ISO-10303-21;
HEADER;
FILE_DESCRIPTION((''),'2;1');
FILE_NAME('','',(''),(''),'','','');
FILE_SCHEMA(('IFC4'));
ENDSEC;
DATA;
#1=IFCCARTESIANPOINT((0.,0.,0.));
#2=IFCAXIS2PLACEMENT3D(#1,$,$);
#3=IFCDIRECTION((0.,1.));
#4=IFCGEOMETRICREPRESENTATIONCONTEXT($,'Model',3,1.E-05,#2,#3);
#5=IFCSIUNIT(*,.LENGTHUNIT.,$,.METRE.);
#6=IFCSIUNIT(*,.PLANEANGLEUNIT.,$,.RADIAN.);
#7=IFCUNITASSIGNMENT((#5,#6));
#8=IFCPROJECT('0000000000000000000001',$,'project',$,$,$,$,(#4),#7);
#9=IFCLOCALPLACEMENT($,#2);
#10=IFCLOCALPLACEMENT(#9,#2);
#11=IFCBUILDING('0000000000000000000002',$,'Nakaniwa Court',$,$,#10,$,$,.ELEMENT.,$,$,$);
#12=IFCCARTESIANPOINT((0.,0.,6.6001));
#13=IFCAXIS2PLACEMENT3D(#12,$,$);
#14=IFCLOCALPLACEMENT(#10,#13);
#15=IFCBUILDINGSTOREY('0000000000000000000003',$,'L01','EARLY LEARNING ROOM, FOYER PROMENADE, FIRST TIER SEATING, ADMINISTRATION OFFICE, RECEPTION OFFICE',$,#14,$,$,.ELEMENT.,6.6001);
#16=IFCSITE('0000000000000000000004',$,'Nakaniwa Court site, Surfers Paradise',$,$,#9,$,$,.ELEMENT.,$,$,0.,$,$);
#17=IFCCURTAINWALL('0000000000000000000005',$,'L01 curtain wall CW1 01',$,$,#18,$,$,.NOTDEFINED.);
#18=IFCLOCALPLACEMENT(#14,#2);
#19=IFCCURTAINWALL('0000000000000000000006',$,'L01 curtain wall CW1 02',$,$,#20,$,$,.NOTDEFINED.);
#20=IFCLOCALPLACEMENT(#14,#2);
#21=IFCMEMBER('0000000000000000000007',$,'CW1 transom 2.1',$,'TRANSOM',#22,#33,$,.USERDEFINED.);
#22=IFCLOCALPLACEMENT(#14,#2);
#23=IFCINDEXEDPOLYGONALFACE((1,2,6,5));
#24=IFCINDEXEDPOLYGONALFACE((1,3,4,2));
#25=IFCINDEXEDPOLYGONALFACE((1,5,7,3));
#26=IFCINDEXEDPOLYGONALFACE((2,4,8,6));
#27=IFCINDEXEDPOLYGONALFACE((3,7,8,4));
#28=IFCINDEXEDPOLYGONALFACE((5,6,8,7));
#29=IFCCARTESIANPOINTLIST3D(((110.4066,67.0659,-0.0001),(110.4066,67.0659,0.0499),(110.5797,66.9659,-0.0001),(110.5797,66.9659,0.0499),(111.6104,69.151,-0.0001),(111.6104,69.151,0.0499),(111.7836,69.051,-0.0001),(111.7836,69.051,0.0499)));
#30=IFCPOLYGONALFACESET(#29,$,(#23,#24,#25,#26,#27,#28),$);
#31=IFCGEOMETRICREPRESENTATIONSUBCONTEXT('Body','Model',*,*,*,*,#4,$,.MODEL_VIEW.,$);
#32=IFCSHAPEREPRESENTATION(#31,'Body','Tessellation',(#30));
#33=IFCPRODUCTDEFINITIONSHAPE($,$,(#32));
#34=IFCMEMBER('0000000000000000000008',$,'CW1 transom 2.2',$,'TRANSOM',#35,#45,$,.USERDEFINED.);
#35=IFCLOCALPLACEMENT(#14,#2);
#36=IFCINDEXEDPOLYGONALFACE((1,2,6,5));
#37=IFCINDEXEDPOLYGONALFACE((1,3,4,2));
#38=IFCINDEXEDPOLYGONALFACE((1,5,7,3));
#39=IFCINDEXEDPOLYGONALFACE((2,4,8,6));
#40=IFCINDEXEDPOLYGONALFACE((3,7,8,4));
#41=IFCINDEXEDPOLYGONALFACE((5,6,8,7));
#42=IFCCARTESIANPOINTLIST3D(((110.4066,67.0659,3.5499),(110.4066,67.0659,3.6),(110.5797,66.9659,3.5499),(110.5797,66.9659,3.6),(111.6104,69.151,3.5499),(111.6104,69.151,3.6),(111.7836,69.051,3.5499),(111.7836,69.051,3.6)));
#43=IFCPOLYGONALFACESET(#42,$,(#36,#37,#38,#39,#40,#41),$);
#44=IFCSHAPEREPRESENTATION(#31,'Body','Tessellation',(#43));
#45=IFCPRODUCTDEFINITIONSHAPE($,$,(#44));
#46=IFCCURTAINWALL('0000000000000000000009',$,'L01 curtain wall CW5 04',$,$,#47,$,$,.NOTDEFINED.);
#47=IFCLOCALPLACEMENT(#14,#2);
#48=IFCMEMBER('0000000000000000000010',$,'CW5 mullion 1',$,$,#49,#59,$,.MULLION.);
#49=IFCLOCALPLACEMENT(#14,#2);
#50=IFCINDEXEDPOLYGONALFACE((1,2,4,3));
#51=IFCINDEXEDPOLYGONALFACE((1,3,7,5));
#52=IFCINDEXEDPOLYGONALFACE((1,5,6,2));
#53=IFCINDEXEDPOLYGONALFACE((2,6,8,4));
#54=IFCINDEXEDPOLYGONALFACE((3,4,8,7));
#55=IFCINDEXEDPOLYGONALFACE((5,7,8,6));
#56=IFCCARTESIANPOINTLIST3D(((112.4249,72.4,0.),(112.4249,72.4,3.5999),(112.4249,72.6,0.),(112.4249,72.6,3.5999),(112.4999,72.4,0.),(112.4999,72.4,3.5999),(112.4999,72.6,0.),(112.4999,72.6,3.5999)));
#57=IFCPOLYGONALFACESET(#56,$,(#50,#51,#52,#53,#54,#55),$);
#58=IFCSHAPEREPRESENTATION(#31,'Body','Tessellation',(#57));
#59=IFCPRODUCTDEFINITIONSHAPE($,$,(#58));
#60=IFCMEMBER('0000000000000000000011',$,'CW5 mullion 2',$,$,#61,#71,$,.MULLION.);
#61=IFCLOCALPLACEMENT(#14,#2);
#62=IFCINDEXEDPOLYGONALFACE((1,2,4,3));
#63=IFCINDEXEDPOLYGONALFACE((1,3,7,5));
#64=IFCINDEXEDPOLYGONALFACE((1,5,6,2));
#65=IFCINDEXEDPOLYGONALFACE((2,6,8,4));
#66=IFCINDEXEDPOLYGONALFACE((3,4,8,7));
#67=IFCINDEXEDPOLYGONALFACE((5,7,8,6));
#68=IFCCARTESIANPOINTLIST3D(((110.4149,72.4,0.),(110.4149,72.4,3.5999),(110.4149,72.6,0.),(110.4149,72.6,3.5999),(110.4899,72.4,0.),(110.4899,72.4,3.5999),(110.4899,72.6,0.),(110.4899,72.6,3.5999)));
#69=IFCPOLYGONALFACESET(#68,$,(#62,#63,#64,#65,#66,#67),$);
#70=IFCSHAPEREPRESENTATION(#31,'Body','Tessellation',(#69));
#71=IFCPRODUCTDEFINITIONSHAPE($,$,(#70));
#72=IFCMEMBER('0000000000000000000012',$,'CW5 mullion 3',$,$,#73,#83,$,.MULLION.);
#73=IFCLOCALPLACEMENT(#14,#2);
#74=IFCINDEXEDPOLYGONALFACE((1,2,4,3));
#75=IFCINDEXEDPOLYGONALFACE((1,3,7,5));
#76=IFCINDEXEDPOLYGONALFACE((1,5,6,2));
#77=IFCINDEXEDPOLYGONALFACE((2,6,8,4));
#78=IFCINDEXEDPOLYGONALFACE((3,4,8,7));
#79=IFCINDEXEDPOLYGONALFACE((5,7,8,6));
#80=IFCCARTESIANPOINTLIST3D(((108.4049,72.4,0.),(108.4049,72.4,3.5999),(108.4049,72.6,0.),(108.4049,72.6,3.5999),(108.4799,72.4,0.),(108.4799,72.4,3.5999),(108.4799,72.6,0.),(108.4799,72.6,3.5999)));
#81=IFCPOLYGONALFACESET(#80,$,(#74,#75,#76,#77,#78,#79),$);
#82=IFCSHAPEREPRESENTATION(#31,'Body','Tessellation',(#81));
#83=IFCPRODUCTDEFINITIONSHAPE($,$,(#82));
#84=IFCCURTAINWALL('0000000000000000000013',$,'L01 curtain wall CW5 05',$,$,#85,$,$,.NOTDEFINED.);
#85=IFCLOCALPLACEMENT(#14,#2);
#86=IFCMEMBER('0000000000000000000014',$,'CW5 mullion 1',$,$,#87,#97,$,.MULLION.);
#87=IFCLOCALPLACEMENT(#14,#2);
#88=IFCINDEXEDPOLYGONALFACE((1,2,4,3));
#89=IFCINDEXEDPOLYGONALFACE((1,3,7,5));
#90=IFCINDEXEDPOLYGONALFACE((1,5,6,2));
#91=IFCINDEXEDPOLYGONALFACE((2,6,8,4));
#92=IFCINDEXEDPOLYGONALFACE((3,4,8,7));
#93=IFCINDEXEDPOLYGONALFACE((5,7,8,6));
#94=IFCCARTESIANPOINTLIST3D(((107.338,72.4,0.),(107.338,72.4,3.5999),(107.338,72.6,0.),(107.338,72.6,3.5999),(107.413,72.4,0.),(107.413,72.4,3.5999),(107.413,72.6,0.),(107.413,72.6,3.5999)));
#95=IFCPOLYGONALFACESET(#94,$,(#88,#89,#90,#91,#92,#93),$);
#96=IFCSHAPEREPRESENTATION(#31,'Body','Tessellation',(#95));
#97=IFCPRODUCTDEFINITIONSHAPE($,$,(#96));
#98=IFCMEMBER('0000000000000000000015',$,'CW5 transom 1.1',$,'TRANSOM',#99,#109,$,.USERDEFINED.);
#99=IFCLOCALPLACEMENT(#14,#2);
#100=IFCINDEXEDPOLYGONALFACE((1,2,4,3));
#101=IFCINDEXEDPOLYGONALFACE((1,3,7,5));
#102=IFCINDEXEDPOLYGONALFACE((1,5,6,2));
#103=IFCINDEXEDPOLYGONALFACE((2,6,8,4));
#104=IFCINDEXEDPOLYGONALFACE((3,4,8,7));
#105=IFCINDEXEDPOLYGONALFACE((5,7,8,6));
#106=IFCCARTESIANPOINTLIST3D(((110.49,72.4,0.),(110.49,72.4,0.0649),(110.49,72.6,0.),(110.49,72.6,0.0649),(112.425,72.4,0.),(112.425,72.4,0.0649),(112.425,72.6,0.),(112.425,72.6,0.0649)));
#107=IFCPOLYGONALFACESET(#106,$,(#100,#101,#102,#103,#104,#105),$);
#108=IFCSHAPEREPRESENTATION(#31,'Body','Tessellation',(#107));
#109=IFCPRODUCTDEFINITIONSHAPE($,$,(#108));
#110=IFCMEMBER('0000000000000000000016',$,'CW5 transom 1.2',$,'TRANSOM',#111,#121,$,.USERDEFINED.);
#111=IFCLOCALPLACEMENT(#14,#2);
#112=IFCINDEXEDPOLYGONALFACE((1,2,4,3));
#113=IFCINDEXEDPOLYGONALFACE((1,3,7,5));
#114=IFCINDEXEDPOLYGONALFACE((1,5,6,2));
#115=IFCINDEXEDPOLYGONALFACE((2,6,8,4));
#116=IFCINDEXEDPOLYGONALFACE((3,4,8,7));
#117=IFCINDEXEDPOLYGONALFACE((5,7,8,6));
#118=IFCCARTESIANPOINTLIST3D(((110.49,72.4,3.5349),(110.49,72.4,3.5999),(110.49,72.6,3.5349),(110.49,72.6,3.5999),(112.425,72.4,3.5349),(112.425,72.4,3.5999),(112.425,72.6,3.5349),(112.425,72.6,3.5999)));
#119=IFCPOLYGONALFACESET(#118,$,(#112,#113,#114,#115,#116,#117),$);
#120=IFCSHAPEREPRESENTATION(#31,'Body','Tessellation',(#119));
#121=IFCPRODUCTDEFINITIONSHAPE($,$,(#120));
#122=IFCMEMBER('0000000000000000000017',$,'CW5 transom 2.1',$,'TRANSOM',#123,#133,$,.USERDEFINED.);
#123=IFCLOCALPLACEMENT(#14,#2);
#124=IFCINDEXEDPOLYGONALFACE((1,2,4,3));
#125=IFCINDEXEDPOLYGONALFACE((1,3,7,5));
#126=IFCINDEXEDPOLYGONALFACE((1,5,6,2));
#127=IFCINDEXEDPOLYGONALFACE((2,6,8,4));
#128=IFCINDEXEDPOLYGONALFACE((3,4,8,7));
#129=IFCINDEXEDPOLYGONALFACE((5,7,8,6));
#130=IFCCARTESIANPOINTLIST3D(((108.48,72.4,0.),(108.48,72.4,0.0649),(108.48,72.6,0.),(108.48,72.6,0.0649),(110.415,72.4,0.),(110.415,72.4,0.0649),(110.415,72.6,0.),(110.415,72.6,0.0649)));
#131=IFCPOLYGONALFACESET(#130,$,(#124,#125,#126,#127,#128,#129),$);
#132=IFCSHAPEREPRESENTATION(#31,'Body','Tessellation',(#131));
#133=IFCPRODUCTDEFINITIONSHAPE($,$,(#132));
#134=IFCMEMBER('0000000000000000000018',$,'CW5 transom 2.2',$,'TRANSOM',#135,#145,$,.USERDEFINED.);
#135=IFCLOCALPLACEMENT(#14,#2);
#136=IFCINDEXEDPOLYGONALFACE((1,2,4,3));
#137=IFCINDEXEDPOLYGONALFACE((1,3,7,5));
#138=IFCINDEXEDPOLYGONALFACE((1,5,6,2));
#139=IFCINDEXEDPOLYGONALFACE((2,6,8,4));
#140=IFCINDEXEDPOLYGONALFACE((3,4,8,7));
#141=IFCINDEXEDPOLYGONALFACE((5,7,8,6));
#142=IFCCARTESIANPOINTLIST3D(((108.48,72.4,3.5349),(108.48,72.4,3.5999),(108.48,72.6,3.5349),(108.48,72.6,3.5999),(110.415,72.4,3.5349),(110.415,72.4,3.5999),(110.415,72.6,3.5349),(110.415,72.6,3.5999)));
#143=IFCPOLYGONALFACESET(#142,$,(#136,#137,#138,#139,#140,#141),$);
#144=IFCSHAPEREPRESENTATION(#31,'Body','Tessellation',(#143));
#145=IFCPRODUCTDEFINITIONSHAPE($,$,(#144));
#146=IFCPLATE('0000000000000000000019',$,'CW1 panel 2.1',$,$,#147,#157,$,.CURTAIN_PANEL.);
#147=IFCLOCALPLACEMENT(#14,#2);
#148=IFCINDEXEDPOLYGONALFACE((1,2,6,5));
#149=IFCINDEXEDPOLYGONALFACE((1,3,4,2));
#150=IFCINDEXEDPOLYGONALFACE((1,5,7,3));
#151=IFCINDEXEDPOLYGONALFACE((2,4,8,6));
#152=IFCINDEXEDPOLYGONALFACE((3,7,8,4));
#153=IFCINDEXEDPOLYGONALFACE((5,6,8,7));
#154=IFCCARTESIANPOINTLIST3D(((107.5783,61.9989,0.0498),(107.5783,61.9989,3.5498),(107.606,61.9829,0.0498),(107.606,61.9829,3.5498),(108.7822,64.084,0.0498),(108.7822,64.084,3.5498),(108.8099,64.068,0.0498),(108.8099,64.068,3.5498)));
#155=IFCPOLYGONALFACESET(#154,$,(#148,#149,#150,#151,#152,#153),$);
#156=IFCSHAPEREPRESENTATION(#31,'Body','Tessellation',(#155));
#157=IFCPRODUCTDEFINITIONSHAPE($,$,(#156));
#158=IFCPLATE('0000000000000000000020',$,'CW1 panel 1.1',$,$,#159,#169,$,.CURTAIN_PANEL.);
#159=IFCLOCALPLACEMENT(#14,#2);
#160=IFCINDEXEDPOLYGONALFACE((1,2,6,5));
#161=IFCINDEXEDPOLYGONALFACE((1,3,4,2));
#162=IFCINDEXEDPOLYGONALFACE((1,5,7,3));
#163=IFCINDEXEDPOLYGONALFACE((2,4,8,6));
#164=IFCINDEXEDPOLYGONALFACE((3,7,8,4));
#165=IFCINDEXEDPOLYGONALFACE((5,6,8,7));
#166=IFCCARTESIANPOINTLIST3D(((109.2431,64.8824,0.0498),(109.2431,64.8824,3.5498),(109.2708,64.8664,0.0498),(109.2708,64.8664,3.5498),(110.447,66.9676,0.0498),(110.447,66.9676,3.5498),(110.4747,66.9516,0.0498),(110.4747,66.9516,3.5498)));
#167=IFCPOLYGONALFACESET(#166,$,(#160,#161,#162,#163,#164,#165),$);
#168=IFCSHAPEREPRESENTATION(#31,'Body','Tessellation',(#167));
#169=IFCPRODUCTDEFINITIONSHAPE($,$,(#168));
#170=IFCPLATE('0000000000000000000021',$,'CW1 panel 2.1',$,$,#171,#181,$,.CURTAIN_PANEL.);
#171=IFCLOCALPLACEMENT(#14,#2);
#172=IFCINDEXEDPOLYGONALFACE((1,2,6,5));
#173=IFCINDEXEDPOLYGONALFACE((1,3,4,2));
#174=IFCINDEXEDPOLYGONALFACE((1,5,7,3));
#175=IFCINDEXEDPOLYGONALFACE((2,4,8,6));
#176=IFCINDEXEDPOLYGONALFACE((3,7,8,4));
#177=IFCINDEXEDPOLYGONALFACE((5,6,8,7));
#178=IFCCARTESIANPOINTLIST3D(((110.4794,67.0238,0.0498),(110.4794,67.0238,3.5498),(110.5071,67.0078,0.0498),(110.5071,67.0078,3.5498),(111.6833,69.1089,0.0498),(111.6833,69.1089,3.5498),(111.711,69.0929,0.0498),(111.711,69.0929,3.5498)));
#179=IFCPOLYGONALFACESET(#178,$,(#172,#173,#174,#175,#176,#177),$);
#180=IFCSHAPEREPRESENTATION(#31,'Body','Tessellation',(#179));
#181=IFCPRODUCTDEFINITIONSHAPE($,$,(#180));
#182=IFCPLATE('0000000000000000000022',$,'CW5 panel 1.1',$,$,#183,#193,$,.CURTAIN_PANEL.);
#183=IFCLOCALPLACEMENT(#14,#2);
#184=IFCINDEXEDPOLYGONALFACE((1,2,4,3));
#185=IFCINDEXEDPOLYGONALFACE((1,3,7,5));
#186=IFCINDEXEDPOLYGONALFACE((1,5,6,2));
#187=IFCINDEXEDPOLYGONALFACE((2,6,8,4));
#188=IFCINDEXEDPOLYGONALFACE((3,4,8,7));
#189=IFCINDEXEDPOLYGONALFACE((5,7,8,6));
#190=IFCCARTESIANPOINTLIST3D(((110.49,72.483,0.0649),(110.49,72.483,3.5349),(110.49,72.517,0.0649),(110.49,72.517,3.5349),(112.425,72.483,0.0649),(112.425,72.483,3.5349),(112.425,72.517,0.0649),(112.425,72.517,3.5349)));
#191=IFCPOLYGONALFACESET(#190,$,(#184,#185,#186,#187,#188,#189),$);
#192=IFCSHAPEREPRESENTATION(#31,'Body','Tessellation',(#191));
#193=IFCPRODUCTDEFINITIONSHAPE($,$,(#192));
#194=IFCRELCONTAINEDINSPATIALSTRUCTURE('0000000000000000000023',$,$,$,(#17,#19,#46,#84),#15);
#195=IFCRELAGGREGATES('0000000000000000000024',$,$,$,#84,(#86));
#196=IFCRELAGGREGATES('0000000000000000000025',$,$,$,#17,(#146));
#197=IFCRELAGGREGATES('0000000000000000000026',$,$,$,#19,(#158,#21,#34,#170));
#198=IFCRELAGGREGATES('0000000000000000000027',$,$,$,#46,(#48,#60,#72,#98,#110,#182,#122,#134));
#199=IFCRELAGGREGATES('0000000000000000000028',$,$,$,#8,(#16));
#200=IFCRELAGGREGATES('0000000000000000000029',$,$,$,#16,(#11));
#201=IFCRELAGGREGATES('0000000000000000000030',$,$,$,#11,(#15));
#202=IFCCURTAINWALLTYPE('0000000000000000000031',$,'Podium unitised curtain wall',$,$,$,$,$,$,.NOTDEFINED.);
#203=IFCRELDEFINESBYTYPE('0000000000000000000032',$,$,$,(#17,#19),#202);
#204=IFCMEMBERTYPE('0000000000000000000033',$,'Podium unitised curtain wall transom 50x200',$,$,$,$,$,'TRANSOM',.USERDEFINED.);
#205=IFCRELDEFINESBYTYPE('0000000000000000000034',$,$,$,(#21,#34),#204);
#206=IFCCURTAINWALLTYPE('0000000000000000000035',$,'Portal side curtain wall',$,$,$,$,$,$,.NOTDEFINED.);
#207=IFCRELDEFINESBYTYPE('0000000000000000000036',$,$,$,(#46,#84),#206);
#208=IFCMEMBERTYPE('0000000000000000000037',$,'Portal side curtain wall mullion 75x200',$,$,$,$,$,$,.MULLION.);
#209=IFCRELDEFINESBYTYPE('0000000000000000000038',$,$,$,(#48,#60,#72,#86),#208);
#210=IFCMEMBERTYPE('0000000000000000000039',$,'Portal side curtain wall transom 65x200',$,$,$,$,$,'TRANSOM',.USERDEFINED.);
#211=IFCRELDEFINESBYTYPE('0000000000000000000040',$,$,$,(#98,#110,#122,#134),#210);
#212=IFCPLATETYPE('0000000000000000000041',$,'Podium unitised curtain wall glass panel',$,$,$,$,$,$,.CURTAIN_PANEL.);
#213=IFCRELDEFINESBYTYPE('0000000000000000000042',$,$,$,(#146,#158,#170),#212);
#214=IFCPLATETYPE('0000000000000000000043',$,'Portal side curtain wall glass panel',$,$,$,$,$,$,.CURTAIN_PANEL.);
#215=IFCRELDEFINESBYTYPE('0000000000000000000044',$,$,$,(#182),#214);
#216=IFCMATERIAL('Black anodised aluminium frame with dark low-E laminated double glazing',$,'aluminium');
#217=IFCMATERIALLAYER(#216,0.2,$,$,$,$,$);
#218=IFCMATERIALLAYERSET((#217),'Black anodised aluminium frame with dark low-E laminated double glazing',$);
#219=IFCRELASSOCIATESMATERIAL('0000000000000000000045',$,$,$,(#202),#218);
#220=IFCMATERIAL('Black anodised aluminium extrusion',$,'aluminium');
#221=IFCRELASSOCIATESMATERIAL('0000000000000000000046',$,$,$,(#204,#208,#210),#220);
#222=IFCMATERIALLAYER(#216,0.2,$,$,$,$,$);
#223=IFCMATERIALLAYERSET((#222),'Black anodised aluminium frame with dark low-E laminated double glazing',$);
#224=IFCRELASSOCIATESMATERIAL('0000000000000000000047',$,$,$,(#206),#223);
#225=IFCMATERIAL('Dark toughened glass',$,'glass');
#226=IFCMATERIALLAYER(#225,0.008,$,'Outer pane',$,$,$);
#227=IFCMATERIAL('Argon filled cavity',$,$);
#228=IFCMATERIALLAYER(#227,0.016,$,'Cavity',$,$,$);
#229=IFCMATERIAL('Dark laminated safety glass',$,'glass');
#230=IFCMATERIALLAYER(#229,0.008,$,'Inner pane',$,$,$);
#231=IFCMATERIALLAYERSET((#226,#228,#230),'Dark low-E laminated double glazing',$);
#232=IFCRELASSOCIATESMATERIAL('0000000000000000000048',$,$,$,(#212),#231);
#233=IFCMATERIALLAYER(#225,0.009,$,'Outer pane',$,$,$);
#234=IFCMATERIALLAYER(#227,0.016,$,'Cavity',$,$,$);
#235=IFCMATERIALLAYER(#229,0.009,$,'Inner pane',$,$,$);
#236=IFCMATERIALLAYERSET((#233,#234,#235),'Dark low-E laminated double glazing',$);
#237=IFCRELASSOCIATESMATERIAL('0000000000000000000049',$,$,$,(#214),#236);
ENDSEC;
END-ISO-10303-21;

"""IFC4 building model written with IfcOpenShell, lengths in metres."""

from ifc_helpers import new_model, si_unit, direction, frame, origin, origin_2d, place, context, subcontext, project, spatial, rectangle, extrude, material, layer, layer_set, material_profile, profile_set, type_object, element, aggregate, save


model = new_model("IFC4")

# Units and contexts
model_context = context("Model", 3, precision=1e-05, world=origin(), true_north=direction((0.0, 1.0)))
body_context = subcontext(model_context, "Body", "Model", "MODEL_VIEW")
ifc_project = project(units=[si_unit("LENGTHUNIT", "METRE"), si_unit("PLANEANGLEUNIT", "RADIAN")], contexts=[model_context])

# Site, building, storey
site_placement = place(None, origin())
site = spatial("IfcSite", under=ifc_project, at=site_placement, Name="Nakaniwa Court site, Surfers Paradise", CompositionType="ELEMENT", RefElevation=0.0)
building_placement = place(site_placement, origin())
building = spatial("IfcBuilding", under=site, at=building_placement, Name="Nakaniwa Court", CompositionType="ELEMENT")
storey_placement = place(building_placement, frame((0.0, 0.0, 6.6001)))
storey = spatial("IfcBuildingStorey", under=building, at=storey_placement, Name="L01", Description="EARLY LEARNING ROOM, FOYER PROMENADE, FIRST TIER SEATING, ADMINISTRATION OFFICE, RECEPTION OFFICE", CompositionType="ELEMENT", Elevation=6.6001)

# Curtain walls
ifc_material_1 = material(Name="Black anodised aluminium frame with dark low-E laminated double glazing", Category="aluminium")
ifc_layer_1 = layer(ifc_material_1, 0.2)
ifc_layer_set_1 = layer_set([ifc_layer_1], Name="Black anodised aluminium frame with dark low-E laminated double glazing")
curtain_wall_type_1 = type_object("IfcCurtainWallType", Name="Podium unitised curtain wall", PredefinedType="NOTDEFINED", material=ifc_layer_set_1)
curtain_wall_1_placement = place(storey_placement, origin())
curtain_wall_1 = element("IfcCurtainWall", 1, at=curtain_wall_1_placement, inside=storey, type_object=curtain_wall_type_1, Name="L01 curtain wall CW1 01", PredefinedType="NOTDEFINED")
ifc_material_2 = material(Name="Black anodised aluminium extrusion", Category="aluminium")
curtain_wall_2_placement = place(storey_placement, origin())
curtain_wall_2 = element("IfcCurtainWall", 2, at=curtain_wall_2_placement, inside=storey, type_object=curtain_wall_type_1, Name="L01 curtain wall CW1 02", PredefinedType="NOTDEFINED")

# Members
ifc_material_profile_1 = material_profile(ifc_material_2, rectangle(XDim=0.2, YDim=0.05, at=origin_2d()), Name="Podium unitised curtain wall transom 50x200")
ifc_profile_set_1 = profile_set([ifc_material_profile_1], Name="Black anodised aluminium extrusion")
member_type_1 = type_object("IfcMemberType", Name="Podium unitised curtain wall transom 50x200", ElementType="TRANSOM", PredefinedType="USERDEFINED", material=ifc_profile_set_1)
member_1_placement = place(storey_placement, frame((110.4932, 67.0159, 0.0249), z_axis=(0.499989, 0.866032, 0.0), x_axis=(-0.866032, 0.499989, 0.0)))
member_1 = element("IfcMember", 3, at=member_1_placement, type_object=member_type_1, Name="CW1 transom 2.1", ObjectType="TRANSOM", PredefinedType="USERDEFINED", context=body_context, shape_type="SweptSolid", body=[
    extrude(rectangle(XDim=0.2, YDim=0.05, at=origin_2d()), origin(), (0.0, 0.0, 1.0), 2.4077),
])
member_2_placement = place(storey_placement, frame((110.4932, 67.0159, 3.575), z_axis=(0.499989, 0.866032, 0.0), x_axis=(-0.866032, 0.499989, 0.0)))
member_2 = element("IfcMember", 4, at=member_2_placement, type_object=member_type_1, Name="CW1 transom 2.2", ObjectType="TRANSOM", PredefinedType="USERDEFINED", context=body_context, shape_type="SweptSolid", body=[
    extrude(rectangle(XDim=0.2, YDim=0.05, at=origin_2d()), origin(), (0.0, 0.0, 1.0), 2.4077),
])

# Curtain wall, members
ifc_layer_2 = layer(ifc_material_1, 0.2)
ifc_layer_set_2 = layer_set([ifc_layer_2], Name="Black anodised aluminium frame with dark low-E laminated double glazing")
curtain_wall_type_2 = type_object("IfcCurtainWallType", Name="Portal side curtain wall", PredefinedType="NOTDEFINED", material=ifc_layer_set_2)
curtain_wall_3_placement = place(storey_placement, origin())
curtain_wall_3 = element("IfcCurtainWall", 5, at=curtain_wall_3_placement, inside=storey, type_object=curtain_wall_type_2, Name="L01 curtain wall CW5 04", PredefinedType="NOTDEFINED")
ifc_material_profile_2 = material_profile(ifc_material_2, rectangle(XDim=0.2, YDim=0.075, at=origin_2d()), Name="Portal side curtain wall mullion 75x200")
ifc_profile_set_2 = profile_set([ifc_material_profile_2], Name="Black anodised aluminium extrusion")
member_type_2 = type_object("IfcMemberType", Name="Portal side curtain wall mullion 75x200", PredefinedType="MULLION", material=ifc_profile_set_2)
member_3_placement = place(storey_placement, frame((112.4624, 72.5, 0.0), z_axis=(0.0, 0.0, 1.0), x_axis=(0.0, -1.0, 0.0)))
member_3 = element("IfcMember", 6, at=member_3_placement, type_object=member_type_2, Name="CW5 mullion 1", PredefinedType="MULLION", context=body_context, shape_type="SweptSolid", body=[
    extrude(rectangle(XDim=0.2, YDim=0.075, at=origin_2d()), origin(), (0.0, 0.0, 1.0), 3.5999),
])
member_4_placement = place(storey_placement, frame((110.4524, 72.5, 0.0), z_axis=(0.0, 0.0, 1.0), x_axis=(0.0, -1.0, 0.0)))
member_4 = element("IfcMember", 7, at=member_4_placement, type_object=member_type_2, Name="CW5 mullion 2", PredefinedType="MULLION", context=body_context, shape_type="SweptSolid", body=[
    extrude(rectangle(XDim=0.2, YDim=0.075, at=origin_2d()), origin(), (0.0, 0.0, 1.0), 3.5999),
])
member_5_placement = place(storey_placement, frame((108.4424, 72.5, 0.0), z_axis=(0.0, 0.0, 1.0), x_axis=(0.0, -1.0, 0.0)))
member_5 = element("IfcMember", 8, at=member_5_placement, type_object=member_type_2, Name="CW5 mullion 3", PredefinedType="MULLION", context=body_context, shape_type="SweptSolid", body=[
    extrude(rectangle(XDim=0.2, YDim=0.075, at=origin_2d()), origin(), (0.0, 0.0, 1.0), 3.5999),
])

# Curtain wall, member
curtain_wall_4_placement = place(storey_placement, origin())
curtain_wall_4 = element("IfcCurtainWall", 9, at=curtain_wall_4_placement, inside=storey, type_object=curtain_wall_type_2, Name="L01 curtain wall CW5 05", PredefinedType="NOTDEFINED")
member_6_placement = place(storey_placement, frame((107.3755, 72.5, 0.0), z_axis=(0.0, 0.0, 1.0), x_axis=(0.0, -1.0, 0.0)))
member_6 = element("IfcMember", 10, at=member_6_placement, type_object=member_type_2, Name="CW5 mullion 1", PredefinedType="MULLION", context=body_context, shape_type="SweptSolid", body=[
    extrude(rectangle(XDim=0.2, YDim=0.075, at=origin_2d()), origin(), (0.0, 0.0, 1.0), 3.5999),
])
aggregate(curtain_wall_4, [member_6])

# Members
ifc_material_profile_3 = material_profile(ifc_material_2, rectangle(XDim=0.2, YDim=0.0649, at=origin_2d()), Name="Portal side curtain wall transom 65x200")
ifc_profile_set_3 = profile_set([ifc_material_profile_3], Name="Black anodised aluminium extrusion")
member_type_3 = type_object("IfcMemberType", Name="Portal side curtain wall transom 65x200", ElementType="TRANSOM", PredefinedType="USERDEFINED", material=ifc_profile_set_3)
member_7_placement = place(storey_placement, frame((112.425, 72.5, 0.0325), z_axis=(-1.0, 0.0, 0.0), x_axis=(0.0, -1.0, 0.0)))
member_7 = element("IfcMember", 11, at=member_7_placement, type_object=member_type_3, Name="CW5 transom 1.1", ObjectType="TRANSOM", PredefinedType="USERDEFINED", context=body_context, shape_type="SweptSolid", body=[
    extrude(rectangle(XDim=0.2, YDim=0.0649, at=origin_2d()), origin(), (0.0, 0.0, 1.0), 1.9351),
])
member_8_placement = place(storey_placement, frame((112.425, 72.5, 3.5674), z_axis=(-1.0, 0.0, 0.0), x_axis=(0.0, -1.0, 0.0)))
member_8 = element("IfcMember", 12, at=member_8_placement, type_object=member_type_3, Name="CW5 transom 1.2", ObjectType="TRANSOM", PredefinedType="USERDEFINED", context=body_context, shape_type="SweptSolid", body=[
    extrude(rectangle(XDim=0.2, YDim=0.0649, at=origin_2d()), origin(), (0.0, 0.0, 1.0), 1.9351),
])
member_9_placement = place(storey_placement, frame((110.415, 72.5, 0.0325), z_axis=(-1.0, 0.0, 0.0), x_axis=(0.0, -1.0, 0.0)))
member_9 = element("IfcMember", 13, at=member_9_placement, type_object=member_type_3, Name="CW5 transom 2.1", ObjectType="TRANSOM", PredefinedType="USERDEFINED", context=body_context, shape_type="SweptSolid", body=[
    extrude(rectangle(XDim=0.2, YDim=0.0649, at=origin_2d()), origin(), (0.0, 0.0, 1.0), 1.9351),
])
member_10_placement = place(storey_placement, frame((110.415, 72.5, 3.5674), z_axis=(-1.0, 0.0, 0.0), x_axis=(0.0, -1.0, 0.0)))
member_10 = element("IfcMember", 14, at=member_10_placement, type_object=member_type_3, Name="CW5 transom 2.2", ObjectType="TRANSOM", PredefinedType="USERDEFINED", context=body_context, shape_type="SweptSolid", body=[
    extrude(rectangle(XDim=0.2, YDim=0.0649, at=origin_2d()), origin(), (0.0, 0.0, 1.0), 1.9351),
])

# Plates
ifc_material_3 = material(Name="Dark toughened glass", Category="glass")
ifc_layer_3 = layer(ifc_material_3, 0.008, Name="Outer pane")
ifc_material_4 = material(Name="Argon filled cavity")
ifc_layer_4 = layer(ifc_material_4, 0.016, Name="Cavity")
ifc_material_5 = material(Name="Dark laminated safety glass", Category="glass")
ifc_layer_5 = layer(ifc_material_5, 0.008, Name="Inner pane")
ifc_layer_set_3 = layer_set([ifc_layer_3, ifc_layer_4, ifc_layer_5], Name="Dark low-E laminated double glazing")
plate_type_1 = type_object("IfcPlateType", Name="Podium unitised curtain wall glass panel", PredefinedType="CURTAIN_PANEL", material=ifc_layer_set_3)
plate_1_placement = place(storey_placement, frame((108.1941, 63.0334, 0.0498), z_axis=(0.0, 0.0, 1.0), x_axis=(0.499988, 0.866032, 0.0)))
plate_1 = element("IfcPlate", 15, at=plate_1_placement, type_object=plate_type_1, Name="CW1 panel 2.1", PredefinedType="CURTAIN_PANEL", context=body_context, shape_type="SweptSolid", body=[
    extrude(rectangle(XDim=2.4077, YDim=0.032, at=origin_2d()), origin(), (0.0, 0.0, 1.0), 3.5),
])
aggregate(curtain_wall_1, [plate_1])
plate_2_placement = place(storey_placement, frame((109.8589, 65.917, 0.0498), z_axis=(0.0, 0.0, 1.0), x_axis=(0.500003, 0.866024, 0.0)))
plate_2 = element("IfcPlate", 16, at=plate_2_placement, type_object=plate_type_1, Name="CW1 panel 1.1", PredefinedType="CURTAIN_PANEL", context=body_context, shape_type="SweptSolid", body=[
    extrude(rectangle(XDim=2.4077, YDim=0.032, at=origin_2d()), origin(), (0.0, 0.0, 1.0), 3.5),
])
plate_3_placement = place(storey_placement, frame((111.0952, 68.0583, 0.0498), z_axis=(0.0, 0.0, 1.0), x_axis=(0.500003, 0.866024, 0.0)))
plate_3 = element("IfcPlate", 17, at=plate_3_placement, type_object=plate_type_1, Name="CW1 panel 2.1", PredefinedType="CURTAIN_PANEL", context=body_context, shape_type="SweptSolid", body=[
    extrude(rectangle(XDim=2.4077, YDim=0.032, at=origin_2d()), origin(), (0.0, 0.0, 1.0), 3.5),
])
aggregate(curtain_wall_2, [plate_2, member_1, member_2, plate_3])
ifc_layer_6 = layer(ifc_material_3, 0.009, Name="Outer pane")
ifc_layer_7 = layer(ifc_material_4, 0.016, Name="Cavity")
ifc_layer_8 = layer(ifc_material_5, 0.009, Name="Inner pane")
ifc_layer_set_4 = layer_set([ifc_layer_6, ifc_layer_7, ifc_layer_8], Name="Dark low-E laminated double glazing")
plate_type_2 = type_object("IfcPlateType", Name="Portal side curtain wall glass panel", PredefinedType="CURTAIN_PANEL", material=ifc_layer_set_4)
plate_4_placement = place(storey_placement, frame((111.4575, 72.5, 0.0649), z_axis=(0.0, 0.0, 1.0), x_axis=(-1.0, 0.0, 0.0)))
plate_4 = element("IfcPlate", 18, at=plate_4_placement, type_object=plate_type_2, Name="CW5 panel 1.1", PredefinedType="CURTAIN_PANEL", context=body_context, shape_type="SweptSolid", body=[
    extrude(rectangle(XDim=1.9351, YDim=0.0339, at=origin_2d()), origin(), (0.0, 0.0, 1.0), 3.47),
])
aggregate(curtain_wall_3, [member_3, member_4, member_5, member_7, member_8, plate_4, member_9, member_10])

save(model, "model.ifc")
